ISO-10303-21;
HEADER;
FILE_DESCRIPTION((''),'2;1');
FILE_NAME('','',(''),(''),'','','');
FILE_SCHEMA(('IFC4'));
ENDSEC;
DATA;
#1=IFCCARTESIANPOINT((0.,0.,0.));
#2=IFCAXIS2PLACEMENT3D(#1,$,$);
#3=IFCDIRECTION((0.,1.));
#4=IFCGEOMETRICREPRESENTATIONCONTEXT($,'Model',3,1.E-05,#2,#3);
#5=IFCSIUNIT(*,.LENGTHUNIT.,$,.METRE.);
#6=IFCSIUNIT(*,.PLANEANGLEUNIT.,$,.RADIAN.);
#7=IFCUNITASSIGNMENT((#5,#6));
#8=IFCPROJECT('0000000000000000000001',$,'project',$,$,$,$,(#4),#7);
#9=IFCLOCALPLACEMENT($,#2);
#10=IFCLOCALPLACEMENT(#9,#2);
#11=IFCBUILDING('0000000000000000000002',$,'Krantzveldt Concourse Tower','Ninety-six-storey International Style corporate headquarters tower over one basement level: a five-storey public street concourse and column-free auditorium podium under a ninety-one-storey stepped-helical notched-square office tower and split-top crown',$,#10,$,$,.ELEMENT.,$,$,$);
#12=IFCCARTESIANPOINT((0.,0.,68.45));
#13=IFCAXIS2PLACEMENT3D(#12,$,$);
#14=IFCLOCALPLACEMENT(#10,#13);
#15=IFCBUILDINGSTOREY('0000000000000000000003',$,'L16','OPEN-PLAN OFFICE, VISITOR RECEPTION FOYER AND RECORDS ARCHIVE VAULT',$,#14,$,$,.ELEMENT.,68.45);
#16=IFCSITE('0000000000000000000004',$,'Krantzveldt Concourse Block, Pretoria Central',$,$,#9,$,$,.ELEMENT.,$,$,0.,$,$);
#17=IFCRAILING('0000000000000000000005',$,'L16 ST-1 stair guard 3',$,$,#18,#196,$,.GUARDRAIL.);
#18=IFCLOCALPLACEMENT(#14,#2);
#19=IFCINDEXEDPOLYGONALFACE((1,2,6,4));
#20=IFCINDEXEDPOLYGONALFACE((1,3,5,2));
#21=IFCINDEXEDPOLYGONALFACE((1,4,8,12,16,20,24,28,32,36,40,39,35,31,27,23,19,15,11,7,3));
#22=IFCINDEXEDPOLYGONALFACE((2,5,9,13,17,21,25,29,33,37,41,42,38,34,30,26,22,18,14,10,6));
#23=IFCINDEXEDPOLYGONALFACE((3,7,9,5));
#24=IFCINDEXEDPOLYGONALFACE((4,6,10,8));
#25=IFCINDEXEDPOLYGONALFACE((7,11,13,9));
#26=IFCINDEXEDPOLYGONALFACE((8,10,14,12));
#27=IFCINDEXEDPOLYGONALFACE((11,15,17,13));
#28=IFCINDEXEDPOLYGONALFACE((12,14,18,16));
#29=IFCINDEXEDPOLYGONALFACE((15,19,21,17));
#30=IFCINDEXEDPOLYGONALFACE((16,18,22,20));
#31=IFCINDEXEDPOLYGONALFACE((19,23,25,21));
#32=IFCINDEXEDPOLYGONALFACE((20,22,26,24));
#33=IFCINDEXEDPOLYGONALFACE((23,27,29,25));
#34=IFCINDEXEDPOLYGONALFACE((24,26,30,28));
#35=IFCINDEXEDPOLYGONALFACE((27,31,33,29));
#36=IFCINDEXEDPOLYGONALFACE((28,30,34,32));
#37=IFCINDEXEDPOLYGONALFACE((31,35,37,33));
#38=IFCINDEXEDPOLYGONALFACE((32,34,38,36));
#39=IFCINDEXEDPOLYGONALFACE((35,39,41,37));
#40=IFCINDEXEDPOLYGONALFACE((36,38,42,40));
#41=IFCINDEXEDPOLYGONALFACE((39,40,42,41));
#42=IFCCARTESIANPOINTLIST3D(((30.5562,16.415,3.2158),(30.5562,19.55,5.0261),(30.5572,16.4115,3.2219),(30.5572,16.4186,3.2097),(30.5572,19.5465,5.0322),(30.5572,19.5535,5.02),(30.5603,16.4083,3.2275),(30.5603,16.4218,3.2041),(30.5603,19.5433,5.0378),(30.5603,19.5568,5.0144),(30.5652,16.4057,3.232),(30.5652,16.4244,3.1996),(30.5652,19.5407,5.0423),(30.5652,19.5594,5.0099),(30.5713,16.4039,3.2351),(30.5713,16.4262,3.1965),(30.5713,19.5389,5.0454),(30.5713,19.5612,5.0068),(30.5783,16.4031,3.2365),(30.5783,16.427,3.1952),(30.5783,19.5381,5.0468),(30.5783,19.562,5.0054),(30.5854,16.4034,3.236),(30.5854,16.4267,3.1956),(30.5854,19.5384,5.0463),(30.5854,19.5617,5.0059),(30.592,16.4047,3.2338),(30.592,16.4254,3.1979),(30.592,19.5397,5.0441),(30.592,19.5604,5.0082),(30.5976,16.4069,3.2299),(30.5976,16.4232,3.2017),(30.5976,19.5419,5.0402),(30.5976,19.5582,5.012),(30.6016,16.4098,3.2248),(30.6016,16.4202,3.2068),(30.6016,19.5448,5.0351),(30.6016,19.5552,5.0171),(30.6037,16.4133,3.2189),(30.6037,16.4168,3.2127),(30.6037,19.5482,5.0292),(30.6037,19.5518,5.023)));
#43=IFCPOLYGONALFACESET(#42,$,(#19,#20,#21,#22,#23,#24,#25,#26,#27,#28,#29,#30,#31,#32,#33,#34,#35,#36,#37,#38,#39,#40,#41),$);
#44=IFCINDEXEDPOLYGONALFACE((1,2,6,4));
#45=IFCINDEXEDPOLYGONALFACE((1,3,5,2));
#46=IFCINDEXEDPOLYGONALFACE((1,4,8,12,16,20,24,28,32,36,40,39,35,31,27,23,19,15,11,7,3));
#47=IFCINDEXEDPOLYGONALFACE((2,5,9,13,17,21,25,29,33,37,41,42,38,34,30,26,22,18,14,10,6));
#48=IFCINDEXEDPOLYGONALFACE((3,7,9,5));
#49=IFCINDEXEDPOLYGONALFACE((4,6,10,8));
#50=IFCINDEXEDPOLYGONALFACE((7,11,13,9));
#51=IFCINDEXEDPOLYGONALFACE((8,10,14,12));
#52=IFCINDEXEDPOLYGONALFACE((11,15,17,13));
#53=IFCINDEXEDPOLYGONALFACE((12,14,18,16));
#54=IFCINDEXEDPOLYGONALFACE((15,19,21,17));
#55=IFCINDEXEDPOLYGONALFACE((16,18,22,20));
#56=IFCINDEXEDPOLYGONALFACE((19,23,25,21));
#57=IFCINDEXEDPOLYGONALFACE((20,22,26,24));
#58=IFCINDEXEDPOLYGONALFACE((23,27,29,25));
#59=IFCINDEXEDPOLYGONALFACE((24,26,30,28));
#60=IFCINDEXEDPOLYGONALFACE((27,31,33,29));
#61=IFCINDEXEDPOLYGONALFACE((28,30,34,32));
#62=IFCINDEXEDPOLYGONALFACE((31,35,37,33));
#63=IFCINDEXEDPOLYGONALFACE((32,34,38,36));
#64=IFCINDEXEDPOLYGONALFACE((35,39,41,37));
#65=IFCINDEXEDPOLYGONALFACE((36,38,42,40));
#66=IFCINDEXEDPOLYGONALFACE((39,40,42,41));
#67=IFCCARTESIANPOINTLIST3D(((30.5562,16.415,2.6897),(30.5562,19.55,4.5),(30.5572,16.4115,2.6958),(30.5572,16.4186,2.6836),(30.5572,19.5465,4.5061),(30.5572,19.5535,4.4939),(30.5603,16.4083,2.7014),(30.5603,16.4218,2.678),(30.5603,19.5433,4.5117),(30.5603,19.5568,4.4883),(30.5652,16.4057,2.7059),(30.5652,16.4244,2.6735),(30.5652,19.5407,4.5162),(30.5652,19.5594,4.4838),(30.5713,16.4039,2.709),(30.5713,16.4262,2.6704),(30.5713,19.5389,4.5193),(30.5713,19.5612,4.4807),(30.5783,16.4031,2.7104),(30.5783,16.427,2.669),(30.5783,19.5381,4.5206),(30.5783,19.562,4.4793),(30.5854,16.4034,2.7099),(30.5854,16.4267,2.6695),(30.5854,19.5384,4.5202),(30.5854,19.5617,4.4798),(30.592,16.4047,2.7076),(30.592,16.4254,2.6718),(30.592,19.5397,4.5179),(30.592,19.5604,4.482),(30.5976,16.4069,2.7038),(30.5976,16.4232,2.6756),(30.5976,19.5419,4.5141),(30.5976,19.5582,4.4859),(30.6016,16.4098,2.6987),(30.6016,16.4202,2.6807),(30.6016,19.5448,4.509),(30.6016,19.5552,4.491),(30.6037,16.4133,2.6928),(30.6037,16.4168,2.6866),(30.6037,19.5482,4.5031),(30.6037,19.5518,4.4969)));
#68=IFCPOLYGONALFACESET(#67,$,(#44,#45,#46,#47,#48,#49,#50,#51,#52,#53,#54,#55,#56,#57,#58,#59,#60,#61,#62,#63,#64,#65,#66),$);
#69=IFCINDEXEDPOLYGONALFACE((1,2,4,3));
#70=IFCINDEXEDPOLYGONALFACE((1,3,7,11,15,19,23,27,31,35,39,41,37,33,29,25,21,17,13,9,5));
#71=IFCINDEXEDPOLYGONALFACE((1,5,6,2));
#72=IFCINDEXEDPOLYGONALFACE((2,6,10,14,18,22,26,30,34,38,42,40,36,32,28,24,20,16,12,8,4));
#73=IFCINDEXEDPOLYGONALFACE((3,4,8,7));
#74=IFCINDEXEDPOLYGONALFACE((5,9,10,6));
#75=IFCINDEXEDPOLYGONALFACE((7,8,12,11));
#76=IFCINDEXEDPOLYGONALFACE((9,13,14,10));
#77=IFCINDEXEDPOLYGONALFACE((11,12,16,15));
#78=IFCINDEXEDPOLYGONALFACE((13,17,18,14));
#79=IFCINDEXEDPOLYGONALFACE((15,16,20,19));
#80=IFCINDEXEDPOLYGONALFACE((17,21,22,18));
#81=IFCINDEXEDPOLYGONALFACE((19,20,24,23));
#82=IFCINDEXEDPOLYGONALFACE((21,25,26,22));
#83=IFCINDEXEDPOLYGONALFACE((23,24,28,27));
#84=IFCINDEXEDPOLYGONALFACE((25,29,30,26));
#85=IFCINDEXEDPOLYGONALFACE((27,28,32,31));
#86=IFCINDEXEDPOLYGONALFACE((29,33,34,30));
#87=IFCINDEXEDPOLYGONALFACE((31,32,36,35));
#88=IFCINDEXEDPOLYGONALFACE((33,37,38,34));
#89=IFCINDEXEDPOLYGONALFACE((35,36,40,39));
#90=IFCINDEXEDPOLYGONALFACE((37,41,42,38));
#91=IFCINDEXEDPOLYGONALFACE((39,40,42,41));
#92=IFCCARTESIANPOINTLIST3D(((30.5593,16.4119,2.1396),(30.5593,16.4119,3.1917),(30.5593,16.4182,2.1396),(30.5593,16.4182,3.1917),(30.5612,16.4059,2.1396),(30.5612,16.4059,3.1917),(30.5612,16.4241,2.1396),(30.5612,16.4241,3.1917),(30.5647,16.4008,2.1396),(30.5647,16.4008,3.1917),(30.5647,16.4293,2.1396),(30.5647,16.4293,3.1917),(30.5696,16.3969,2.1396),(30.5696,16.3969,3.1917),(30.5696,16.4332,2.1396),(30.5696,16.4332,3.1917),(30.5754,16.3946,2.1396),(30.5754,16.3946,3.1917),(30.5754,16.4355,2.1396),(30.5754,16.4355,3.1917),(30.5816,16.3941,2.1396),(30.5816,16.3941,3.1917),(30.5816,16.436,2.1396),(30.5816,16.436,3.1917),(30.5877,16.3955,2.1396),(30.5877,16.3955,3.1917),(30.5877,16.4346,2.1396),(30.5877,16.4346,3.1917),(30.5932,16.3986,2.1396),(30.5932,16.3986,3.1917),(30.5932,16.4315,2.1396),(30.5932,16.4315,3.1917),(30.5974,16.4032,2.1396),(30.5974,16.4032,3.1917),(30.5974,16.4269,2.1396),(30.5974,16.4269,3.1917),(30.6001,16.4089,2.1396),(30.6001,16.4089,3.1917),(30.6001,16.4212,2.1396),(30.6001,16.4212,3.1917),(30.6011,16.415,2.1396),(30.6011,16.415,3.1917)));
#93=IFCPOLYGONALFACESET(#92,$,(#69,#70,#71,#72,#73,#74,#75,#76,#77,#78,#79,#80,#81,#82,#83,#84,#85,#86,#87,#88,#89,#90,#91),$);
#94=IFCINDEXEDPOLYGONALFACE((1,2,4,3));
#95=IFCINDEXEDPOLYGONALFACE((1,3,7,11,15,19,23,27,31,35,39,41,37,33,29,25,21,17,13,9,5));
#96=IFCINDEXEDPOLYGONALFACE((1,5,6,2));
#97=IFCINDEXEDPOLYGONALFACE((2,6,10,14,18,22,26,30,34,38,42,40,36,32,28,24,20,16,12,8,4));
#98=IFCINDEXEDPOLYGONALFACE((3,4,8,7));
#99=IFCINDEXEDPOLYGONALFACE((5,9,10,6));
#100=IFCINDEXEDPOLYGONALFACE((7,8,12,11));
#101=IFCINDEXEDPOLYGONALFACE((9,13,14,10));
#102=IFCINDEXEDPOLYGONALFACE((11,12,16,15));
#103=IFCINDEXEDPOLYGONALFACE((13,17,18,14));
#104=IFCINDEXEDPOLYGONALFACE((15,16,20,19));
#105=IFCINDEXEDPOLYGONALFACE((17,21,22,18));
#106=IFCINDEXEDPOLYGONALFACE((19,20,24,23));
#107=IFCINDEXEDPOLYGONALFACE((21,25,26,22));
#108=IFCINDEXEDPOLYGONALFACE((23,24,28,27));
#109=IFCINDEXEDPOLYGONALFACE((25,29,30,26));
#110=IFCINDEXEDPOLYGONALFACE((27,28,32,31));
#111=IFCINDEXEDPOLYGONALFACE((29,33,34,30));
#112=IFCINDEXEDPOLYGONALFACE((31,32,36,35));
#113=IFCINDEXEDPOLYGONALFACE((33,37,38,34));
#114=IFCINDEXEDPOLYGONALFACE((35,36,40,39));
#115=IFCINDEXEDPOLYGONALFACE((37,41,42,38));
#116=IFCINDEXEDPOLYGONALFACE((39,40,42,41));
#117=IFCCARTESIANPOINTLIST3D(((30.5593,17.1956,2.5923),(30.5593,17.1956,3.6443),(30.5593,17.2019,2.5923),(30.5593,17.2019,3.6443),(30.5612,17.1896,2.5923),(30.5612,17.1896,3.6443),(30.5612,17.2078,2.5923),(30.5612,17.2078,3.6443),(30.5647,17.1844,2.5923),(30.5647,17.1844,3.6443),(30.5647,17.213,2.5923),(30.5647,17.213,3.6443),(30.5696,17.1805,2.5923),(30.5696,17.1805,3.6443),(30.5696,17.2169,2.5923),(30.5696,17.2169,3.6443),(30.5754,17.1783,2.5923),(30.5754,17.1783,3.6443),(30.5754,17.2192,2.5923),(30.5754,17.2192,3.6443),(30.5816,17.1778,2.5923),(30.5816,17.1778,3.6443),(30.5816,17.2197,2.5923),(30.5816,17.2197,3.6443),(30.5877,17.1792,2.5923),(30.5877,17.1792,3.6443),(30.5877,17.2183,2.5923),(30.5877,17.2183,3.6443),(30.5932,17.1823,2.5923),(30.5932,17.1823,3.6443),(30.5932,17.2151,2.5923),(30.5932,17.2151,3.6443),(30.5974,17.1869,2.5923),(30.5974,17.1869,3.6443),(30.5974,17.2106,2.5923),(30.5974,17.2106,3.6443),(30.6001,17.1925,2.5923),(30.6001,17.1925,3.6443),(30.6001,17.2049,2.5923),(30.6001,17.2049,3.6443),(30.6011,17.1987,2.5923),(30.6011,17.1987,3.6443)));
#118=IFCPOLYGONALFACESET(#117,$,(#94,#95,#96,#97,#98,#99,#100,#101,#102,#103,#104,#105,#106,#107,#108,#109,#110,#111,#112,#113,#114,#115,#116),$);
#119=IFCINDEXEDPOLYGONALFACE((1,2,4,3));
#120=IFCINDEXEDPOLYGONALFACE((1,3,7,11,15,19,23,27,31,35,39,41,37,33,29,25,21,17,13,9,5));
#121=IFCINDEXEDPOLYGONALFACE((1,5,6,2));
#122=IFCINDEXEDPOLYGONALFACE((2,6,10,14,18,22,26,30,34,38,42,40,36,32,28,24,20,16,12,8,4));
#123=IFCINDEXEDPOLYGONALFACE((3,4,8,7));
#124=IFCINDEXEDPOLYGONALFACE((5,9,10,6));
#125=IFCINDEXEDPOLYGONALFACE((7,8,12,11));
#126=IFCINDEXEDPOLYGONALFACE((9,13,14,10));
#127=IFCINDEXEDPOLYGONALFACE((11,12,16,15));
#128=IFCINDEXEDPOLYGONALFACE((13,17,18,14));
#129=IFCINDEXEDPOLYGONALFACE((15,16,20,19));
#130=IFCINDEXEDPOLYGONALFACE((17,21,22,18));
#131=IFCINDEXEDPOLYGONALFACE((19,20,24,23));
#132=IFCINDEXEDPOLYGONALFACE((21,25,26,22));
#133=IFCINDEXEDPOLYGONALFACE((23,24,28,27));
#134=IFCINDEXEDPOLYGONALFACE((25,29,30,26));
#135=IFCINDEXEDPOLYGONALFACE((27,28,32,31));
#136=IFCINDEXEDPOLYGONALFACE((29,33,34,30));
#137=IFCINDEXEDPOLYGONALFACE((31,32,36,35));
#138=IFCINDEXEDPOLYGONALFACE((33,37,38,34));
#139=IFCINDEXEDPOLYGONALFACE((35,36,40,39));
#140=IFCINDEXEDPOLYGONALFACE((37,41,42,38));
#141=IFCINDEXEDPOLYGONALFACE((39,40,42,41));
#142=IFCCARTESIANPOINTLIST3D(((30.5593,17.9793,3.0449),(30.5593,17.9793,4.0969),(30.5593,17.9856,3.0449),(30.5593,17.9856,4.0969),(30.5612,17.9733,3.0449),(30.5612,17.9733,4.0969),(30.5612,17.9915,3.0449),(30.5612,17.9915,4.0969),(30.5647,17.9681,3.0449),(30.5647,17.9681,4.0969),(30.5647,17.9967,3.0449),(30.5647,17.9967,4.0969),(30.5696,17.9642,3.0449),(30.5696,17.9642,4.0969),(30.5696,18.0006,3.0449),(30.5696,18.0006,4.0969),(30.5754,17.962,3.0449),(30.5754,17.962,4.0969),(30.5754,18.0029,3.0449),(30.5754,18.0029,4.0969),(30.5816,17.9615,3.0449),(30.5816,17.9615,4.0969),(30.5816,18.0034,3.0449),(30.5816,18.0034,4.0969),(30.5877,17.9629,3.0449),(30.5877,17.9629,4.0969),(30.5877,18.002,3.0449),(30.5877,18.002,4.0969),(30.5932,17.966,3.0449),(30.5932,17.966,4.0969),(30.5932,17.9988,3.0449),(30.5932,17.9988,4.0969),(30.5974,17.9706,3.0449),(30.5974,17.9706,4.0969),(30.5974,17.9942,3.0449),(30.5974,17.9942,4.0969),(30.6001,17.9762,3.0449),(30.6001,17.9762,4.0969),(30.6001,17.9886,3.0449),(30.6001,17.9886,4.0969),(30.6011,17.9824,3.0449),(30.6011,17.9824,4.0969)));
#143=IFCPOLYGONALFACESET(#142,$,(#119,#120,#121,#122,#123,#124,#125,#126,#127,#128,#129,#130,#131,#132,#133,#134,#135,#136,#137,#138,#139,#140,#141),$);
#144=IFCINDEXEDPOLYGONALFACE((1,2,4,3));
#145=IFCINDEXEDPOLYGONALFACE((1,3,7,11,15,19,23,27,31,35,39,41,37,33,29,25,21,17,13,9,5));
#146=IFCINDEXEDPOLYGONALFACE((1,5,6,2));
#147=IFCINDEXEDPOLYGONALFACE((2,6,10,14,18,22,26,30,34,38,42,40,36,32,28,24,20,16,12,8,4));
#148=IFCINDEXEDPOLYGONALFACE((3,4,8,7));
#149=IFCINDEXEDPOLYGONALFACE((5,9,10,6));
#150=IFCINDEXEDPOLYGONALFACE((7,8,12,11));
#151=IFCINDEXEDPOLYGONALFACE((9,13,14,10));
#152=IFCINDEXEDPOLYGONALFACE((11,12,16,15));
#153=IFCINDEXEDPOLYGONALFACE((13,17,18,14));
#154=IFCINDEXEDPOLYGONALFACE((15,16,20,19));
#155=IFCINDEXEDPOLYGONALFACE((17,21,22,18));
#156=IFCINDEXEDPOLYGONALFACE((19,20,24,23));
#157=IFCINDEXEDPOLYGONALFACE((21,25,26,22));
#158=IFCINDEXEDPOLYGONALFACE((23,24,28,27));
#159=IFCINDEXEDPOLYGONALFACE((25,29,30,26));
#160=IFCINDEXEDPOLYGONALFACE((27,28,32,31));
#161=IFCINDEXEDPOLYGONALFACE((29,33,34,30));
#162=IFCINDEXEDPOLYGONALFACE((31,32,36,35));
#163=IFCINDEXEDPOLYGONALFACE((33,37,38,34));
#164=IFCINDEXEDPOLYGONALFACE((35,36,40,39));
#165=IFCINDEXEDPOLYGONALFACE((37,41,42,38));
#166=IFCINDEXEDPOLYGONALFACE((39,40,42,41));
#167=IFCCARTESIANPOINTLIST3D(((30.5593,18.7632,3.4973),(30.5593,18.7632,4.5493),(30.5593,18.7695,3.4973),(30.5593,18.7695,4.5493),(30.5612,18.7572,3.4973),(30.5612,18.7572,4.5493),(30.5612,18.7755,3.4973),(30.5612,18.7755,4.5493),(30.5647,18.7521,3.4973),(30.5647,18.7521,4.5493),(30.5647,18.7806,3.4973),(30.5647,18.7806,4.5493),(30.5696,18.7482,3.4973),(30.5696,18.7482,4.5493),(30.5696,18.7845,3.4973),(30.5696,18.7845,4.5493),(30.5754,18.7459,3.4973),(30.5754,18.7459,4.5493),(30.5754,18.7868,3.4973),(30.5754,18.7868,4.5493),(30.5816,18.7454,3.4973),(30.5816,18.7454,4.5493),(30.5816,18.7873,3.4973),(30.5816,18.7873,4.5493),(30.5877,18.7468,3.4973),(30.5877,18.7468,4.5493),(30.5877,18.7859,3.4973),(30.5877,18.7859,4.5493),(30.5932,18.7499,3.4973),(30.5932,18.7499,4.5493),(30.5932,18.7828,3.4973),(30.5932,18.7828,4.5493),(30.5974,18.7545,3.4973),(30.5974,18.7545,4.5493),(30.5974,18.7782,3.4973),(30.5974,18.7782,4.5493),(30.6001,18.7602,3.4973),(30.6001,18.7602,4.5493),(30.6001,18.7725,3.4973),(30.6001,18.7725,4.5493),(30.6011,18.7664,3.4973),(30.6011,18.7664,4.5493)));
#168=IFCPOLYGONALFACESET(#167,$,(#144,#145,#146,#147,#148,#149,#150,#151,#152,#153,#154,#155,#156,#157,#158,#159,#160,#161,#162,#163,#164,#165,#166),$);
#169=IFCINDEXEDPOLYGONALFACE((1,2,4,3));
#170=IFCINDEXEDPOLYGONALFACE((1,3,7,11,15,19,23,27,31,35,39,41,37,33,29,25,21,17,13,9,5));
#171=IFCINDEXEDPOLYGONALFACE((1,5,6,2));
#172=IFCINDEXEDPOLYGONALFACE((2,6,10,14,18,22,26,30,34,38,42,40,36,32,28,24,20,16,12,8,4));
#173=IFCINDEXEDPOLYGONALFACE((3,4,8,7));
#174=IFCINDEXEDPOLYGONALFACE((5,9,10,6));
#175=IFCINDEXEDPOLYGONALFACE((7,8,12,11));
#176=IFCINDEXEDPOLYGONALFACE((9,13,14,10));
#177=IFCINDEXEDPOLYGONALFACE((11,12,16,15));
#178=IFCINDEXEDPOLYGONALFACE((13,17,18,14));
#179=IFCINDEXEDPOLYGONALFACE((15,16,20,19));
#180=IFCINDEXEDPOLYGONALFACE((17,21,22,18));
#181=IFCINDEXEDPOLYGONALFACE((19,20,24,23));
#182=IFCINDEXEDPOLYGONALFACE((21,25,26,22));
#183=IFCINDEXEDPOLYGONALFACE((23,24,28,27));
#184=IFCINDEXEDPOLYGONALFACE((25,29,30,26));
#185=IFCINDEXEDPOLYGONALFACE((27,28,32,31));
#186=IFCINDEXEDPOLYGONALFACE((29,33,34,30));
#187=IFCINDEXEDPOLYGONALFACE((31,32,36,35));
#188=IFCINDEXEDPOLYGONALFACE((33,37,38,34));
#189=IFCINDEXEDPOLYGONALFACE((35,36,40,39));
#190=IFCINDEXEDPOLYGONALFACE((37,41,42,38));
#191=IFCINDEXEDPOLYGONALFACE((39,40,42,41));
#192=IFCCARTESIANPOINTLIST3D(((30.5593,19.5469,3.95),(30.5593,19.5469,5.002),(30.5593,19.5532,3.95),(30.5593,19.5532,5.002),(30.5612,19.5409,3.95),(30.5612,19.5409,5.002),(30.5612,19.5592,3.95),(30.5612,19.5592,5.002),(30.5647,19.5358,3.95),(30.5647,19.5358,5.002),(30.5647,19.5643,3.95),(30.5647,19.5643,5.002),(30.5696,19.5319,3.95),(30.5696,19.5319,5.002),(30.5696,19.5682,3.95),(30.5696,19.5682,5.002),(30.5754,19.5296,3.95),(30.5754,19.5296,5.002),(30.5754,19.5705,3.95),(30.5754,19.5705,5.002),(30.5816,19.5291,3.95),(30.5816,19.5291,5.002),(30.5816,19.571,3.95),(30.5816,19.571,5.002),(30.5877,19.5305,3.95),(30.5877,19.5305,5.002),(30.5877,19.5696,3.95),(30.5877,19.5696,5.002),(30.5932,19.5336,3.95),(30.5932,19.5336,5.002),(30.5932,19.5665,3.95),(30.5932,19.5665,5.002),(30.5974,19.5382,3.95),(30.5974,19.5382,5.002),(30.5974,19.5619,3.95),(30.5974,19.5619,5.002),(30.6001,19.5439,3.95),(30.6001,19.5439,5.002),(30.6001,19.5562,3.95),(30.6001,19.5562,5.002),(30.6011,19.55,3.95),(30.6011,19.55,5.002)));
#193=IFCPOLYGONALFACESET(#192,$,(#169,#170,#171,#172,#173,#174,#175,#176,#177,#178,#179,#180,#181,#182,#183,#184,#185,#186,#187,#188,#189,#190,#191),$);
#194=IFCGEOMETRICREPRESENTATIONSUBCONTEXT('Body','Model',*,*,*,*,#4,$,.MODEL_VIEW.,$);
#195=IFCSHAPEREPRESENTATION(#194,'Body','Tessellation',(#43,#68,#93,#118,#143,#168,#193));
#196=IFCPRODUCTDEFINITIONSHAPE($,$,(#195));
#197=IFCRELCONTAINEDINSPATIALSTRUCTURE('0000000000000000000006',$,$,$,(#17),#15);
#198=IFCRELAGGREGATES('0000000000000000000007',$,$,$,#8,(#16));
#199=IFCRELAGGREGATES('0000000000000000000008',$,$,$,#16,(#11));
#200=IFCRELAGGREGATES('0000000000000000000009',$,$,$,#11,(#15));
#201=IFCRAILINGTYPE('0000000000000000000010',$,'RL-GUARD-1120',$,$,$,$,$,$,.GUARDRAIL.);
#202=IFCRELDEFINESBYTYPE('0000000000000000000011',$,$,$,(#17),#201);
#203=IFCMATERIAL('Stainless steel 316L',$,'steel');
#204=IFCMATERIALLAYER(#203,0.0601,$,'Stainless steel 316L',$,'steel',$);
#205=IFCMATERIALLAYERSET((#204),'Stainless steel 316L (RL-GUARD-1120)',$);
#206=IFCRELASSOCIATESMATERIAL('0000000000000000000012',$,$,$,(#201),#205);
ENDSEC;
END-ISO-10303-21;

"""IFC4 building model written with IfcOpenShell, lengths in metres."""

from ifc_helpers import new_model, si_unit, direction, frame, origin, origin_2d, place, context, subcontext, project, spatial, circle, extrude, material, layer, layer_set, type_object, element, save


model = new_model("IFC4")

# Units and contexts
model_context = context("Model", 3, precision=1e-05, world=origin(), true_north=direction((0.0, 1.0)))
body_context = subcontext(model_context, "Body", "Model", "MODEL_VIEW")
ifc_project = project(units=[si_unit("LENGTHUNIT", "METRE"), si_unit("PLANEANGLEUNIT", "RADIAN")], contexts=[model_context])

# Site, building, storey
site_placement = place(None, origin())
site = spatial("IfcSite", under=ifc_project, at=site_placement, Name="Krantzveldt Concourse Block, Pretoria Central", CompositionType="ELEMENT", RefElevation=0.0)
building_placement = place(site_placement, origin())
building = spatial("IfcBuilding", under=site, at=building_placement, Name="Krantzveldt Concourse Tower", Description="Ninety-six-storey International Style corporate headquarters tower over one basement level: a five-storey public street concourse and column-free auditorium podium under a ninety-one-storey stepped-helical notched-square office tower and split-top crown", CompositionType="ELEMENT")
storey_placement = place(building_placement, frame((0.0, 0.0, 68.45)))
storey = spatial("IfcBuildingStorey", under=building, at=storey_placement, Name="L16", Description="OPEN-PLAN OFFICE, VISITOR RECEPTION FOYER AND RECORDS ARCHIVE VAULT", CompositionType="ELEMENT", Elevation=68.45)

# Railing
ifc_material_1 = material(Name="Stainless steel 316L", Category="steel")
ifc_layer_1 = layer(ifc_material_1, 0.0601, Name="Stainless steel 316L", Category="steel")
ifc_layer_set_1 = layer_set([ifc_layer_1], Name="Stainless steel 316L (RL-GUARD-1120)")
railing_type_1 = type_object("IfcRailingType", Name="RL-GUARD-1120", PredefinedType="GUARDRAIL", material=ifc_layer_set_1)
railing_1_placement = place(storey_placement, frame((30.5801, 16.415, 2.1396)))
element("IfcRailing", 1, at=railing_1_placement, inside=storey, type_object=railing_type_1, Name="L16 ST-1 stair guard 3", PredefinedType="GUARDRAIL", context=body_context, shape_type="SweptSolid", body=[
    extrude(circle(Radius=0.0239, at=origin_2d()), frame((0.0, 0.0, 1.0762), z_axis=(0.0, 0.865989, 0.500063), x_axis=(-1.0, 0.0, 0.0)), (0.0, 0.0, 1.0), 3.6201),
    extrude(circle(Radius=0.0239, at=origin_2d()), frame((0.0, 0.0, 0.55), z_axis=(0.0, 0.865989, 0.500063), x_axis=(-1.0, 0.0, 0.0)), (0.0, 0.0, 1.0), 3.6201),
    extrude(circle(Radius=0.021, at=origin_2d()), origin(), (0.0, 0.0, 1.0), 1.052),
    extrude(circle(Radius=0.021, at=origin_2d()), frame((0.0, 0.7837, 0.4526)), (0.0, 0.0, 1.0), 1.052),
    extrude(circle(Radius=0.021, at=origin_2d()), frame((0.0, 1.5674, 0.9053)), (0.0, 0.0, 1.0), 1.052),
    extrude(circle(Radius=0.021, at=origin_2d()), frame((0.0, 2.3513, 1.3577)), (0.0, 0.0, 1.0), 1.052),
    extrude(circle(Radius=0.021, at=origin_2d()), frame((0.0, 3.135, 1.8103)), (0.0, 0.0, 1.0), 1.052),
])

save(model, "model.ifc")
